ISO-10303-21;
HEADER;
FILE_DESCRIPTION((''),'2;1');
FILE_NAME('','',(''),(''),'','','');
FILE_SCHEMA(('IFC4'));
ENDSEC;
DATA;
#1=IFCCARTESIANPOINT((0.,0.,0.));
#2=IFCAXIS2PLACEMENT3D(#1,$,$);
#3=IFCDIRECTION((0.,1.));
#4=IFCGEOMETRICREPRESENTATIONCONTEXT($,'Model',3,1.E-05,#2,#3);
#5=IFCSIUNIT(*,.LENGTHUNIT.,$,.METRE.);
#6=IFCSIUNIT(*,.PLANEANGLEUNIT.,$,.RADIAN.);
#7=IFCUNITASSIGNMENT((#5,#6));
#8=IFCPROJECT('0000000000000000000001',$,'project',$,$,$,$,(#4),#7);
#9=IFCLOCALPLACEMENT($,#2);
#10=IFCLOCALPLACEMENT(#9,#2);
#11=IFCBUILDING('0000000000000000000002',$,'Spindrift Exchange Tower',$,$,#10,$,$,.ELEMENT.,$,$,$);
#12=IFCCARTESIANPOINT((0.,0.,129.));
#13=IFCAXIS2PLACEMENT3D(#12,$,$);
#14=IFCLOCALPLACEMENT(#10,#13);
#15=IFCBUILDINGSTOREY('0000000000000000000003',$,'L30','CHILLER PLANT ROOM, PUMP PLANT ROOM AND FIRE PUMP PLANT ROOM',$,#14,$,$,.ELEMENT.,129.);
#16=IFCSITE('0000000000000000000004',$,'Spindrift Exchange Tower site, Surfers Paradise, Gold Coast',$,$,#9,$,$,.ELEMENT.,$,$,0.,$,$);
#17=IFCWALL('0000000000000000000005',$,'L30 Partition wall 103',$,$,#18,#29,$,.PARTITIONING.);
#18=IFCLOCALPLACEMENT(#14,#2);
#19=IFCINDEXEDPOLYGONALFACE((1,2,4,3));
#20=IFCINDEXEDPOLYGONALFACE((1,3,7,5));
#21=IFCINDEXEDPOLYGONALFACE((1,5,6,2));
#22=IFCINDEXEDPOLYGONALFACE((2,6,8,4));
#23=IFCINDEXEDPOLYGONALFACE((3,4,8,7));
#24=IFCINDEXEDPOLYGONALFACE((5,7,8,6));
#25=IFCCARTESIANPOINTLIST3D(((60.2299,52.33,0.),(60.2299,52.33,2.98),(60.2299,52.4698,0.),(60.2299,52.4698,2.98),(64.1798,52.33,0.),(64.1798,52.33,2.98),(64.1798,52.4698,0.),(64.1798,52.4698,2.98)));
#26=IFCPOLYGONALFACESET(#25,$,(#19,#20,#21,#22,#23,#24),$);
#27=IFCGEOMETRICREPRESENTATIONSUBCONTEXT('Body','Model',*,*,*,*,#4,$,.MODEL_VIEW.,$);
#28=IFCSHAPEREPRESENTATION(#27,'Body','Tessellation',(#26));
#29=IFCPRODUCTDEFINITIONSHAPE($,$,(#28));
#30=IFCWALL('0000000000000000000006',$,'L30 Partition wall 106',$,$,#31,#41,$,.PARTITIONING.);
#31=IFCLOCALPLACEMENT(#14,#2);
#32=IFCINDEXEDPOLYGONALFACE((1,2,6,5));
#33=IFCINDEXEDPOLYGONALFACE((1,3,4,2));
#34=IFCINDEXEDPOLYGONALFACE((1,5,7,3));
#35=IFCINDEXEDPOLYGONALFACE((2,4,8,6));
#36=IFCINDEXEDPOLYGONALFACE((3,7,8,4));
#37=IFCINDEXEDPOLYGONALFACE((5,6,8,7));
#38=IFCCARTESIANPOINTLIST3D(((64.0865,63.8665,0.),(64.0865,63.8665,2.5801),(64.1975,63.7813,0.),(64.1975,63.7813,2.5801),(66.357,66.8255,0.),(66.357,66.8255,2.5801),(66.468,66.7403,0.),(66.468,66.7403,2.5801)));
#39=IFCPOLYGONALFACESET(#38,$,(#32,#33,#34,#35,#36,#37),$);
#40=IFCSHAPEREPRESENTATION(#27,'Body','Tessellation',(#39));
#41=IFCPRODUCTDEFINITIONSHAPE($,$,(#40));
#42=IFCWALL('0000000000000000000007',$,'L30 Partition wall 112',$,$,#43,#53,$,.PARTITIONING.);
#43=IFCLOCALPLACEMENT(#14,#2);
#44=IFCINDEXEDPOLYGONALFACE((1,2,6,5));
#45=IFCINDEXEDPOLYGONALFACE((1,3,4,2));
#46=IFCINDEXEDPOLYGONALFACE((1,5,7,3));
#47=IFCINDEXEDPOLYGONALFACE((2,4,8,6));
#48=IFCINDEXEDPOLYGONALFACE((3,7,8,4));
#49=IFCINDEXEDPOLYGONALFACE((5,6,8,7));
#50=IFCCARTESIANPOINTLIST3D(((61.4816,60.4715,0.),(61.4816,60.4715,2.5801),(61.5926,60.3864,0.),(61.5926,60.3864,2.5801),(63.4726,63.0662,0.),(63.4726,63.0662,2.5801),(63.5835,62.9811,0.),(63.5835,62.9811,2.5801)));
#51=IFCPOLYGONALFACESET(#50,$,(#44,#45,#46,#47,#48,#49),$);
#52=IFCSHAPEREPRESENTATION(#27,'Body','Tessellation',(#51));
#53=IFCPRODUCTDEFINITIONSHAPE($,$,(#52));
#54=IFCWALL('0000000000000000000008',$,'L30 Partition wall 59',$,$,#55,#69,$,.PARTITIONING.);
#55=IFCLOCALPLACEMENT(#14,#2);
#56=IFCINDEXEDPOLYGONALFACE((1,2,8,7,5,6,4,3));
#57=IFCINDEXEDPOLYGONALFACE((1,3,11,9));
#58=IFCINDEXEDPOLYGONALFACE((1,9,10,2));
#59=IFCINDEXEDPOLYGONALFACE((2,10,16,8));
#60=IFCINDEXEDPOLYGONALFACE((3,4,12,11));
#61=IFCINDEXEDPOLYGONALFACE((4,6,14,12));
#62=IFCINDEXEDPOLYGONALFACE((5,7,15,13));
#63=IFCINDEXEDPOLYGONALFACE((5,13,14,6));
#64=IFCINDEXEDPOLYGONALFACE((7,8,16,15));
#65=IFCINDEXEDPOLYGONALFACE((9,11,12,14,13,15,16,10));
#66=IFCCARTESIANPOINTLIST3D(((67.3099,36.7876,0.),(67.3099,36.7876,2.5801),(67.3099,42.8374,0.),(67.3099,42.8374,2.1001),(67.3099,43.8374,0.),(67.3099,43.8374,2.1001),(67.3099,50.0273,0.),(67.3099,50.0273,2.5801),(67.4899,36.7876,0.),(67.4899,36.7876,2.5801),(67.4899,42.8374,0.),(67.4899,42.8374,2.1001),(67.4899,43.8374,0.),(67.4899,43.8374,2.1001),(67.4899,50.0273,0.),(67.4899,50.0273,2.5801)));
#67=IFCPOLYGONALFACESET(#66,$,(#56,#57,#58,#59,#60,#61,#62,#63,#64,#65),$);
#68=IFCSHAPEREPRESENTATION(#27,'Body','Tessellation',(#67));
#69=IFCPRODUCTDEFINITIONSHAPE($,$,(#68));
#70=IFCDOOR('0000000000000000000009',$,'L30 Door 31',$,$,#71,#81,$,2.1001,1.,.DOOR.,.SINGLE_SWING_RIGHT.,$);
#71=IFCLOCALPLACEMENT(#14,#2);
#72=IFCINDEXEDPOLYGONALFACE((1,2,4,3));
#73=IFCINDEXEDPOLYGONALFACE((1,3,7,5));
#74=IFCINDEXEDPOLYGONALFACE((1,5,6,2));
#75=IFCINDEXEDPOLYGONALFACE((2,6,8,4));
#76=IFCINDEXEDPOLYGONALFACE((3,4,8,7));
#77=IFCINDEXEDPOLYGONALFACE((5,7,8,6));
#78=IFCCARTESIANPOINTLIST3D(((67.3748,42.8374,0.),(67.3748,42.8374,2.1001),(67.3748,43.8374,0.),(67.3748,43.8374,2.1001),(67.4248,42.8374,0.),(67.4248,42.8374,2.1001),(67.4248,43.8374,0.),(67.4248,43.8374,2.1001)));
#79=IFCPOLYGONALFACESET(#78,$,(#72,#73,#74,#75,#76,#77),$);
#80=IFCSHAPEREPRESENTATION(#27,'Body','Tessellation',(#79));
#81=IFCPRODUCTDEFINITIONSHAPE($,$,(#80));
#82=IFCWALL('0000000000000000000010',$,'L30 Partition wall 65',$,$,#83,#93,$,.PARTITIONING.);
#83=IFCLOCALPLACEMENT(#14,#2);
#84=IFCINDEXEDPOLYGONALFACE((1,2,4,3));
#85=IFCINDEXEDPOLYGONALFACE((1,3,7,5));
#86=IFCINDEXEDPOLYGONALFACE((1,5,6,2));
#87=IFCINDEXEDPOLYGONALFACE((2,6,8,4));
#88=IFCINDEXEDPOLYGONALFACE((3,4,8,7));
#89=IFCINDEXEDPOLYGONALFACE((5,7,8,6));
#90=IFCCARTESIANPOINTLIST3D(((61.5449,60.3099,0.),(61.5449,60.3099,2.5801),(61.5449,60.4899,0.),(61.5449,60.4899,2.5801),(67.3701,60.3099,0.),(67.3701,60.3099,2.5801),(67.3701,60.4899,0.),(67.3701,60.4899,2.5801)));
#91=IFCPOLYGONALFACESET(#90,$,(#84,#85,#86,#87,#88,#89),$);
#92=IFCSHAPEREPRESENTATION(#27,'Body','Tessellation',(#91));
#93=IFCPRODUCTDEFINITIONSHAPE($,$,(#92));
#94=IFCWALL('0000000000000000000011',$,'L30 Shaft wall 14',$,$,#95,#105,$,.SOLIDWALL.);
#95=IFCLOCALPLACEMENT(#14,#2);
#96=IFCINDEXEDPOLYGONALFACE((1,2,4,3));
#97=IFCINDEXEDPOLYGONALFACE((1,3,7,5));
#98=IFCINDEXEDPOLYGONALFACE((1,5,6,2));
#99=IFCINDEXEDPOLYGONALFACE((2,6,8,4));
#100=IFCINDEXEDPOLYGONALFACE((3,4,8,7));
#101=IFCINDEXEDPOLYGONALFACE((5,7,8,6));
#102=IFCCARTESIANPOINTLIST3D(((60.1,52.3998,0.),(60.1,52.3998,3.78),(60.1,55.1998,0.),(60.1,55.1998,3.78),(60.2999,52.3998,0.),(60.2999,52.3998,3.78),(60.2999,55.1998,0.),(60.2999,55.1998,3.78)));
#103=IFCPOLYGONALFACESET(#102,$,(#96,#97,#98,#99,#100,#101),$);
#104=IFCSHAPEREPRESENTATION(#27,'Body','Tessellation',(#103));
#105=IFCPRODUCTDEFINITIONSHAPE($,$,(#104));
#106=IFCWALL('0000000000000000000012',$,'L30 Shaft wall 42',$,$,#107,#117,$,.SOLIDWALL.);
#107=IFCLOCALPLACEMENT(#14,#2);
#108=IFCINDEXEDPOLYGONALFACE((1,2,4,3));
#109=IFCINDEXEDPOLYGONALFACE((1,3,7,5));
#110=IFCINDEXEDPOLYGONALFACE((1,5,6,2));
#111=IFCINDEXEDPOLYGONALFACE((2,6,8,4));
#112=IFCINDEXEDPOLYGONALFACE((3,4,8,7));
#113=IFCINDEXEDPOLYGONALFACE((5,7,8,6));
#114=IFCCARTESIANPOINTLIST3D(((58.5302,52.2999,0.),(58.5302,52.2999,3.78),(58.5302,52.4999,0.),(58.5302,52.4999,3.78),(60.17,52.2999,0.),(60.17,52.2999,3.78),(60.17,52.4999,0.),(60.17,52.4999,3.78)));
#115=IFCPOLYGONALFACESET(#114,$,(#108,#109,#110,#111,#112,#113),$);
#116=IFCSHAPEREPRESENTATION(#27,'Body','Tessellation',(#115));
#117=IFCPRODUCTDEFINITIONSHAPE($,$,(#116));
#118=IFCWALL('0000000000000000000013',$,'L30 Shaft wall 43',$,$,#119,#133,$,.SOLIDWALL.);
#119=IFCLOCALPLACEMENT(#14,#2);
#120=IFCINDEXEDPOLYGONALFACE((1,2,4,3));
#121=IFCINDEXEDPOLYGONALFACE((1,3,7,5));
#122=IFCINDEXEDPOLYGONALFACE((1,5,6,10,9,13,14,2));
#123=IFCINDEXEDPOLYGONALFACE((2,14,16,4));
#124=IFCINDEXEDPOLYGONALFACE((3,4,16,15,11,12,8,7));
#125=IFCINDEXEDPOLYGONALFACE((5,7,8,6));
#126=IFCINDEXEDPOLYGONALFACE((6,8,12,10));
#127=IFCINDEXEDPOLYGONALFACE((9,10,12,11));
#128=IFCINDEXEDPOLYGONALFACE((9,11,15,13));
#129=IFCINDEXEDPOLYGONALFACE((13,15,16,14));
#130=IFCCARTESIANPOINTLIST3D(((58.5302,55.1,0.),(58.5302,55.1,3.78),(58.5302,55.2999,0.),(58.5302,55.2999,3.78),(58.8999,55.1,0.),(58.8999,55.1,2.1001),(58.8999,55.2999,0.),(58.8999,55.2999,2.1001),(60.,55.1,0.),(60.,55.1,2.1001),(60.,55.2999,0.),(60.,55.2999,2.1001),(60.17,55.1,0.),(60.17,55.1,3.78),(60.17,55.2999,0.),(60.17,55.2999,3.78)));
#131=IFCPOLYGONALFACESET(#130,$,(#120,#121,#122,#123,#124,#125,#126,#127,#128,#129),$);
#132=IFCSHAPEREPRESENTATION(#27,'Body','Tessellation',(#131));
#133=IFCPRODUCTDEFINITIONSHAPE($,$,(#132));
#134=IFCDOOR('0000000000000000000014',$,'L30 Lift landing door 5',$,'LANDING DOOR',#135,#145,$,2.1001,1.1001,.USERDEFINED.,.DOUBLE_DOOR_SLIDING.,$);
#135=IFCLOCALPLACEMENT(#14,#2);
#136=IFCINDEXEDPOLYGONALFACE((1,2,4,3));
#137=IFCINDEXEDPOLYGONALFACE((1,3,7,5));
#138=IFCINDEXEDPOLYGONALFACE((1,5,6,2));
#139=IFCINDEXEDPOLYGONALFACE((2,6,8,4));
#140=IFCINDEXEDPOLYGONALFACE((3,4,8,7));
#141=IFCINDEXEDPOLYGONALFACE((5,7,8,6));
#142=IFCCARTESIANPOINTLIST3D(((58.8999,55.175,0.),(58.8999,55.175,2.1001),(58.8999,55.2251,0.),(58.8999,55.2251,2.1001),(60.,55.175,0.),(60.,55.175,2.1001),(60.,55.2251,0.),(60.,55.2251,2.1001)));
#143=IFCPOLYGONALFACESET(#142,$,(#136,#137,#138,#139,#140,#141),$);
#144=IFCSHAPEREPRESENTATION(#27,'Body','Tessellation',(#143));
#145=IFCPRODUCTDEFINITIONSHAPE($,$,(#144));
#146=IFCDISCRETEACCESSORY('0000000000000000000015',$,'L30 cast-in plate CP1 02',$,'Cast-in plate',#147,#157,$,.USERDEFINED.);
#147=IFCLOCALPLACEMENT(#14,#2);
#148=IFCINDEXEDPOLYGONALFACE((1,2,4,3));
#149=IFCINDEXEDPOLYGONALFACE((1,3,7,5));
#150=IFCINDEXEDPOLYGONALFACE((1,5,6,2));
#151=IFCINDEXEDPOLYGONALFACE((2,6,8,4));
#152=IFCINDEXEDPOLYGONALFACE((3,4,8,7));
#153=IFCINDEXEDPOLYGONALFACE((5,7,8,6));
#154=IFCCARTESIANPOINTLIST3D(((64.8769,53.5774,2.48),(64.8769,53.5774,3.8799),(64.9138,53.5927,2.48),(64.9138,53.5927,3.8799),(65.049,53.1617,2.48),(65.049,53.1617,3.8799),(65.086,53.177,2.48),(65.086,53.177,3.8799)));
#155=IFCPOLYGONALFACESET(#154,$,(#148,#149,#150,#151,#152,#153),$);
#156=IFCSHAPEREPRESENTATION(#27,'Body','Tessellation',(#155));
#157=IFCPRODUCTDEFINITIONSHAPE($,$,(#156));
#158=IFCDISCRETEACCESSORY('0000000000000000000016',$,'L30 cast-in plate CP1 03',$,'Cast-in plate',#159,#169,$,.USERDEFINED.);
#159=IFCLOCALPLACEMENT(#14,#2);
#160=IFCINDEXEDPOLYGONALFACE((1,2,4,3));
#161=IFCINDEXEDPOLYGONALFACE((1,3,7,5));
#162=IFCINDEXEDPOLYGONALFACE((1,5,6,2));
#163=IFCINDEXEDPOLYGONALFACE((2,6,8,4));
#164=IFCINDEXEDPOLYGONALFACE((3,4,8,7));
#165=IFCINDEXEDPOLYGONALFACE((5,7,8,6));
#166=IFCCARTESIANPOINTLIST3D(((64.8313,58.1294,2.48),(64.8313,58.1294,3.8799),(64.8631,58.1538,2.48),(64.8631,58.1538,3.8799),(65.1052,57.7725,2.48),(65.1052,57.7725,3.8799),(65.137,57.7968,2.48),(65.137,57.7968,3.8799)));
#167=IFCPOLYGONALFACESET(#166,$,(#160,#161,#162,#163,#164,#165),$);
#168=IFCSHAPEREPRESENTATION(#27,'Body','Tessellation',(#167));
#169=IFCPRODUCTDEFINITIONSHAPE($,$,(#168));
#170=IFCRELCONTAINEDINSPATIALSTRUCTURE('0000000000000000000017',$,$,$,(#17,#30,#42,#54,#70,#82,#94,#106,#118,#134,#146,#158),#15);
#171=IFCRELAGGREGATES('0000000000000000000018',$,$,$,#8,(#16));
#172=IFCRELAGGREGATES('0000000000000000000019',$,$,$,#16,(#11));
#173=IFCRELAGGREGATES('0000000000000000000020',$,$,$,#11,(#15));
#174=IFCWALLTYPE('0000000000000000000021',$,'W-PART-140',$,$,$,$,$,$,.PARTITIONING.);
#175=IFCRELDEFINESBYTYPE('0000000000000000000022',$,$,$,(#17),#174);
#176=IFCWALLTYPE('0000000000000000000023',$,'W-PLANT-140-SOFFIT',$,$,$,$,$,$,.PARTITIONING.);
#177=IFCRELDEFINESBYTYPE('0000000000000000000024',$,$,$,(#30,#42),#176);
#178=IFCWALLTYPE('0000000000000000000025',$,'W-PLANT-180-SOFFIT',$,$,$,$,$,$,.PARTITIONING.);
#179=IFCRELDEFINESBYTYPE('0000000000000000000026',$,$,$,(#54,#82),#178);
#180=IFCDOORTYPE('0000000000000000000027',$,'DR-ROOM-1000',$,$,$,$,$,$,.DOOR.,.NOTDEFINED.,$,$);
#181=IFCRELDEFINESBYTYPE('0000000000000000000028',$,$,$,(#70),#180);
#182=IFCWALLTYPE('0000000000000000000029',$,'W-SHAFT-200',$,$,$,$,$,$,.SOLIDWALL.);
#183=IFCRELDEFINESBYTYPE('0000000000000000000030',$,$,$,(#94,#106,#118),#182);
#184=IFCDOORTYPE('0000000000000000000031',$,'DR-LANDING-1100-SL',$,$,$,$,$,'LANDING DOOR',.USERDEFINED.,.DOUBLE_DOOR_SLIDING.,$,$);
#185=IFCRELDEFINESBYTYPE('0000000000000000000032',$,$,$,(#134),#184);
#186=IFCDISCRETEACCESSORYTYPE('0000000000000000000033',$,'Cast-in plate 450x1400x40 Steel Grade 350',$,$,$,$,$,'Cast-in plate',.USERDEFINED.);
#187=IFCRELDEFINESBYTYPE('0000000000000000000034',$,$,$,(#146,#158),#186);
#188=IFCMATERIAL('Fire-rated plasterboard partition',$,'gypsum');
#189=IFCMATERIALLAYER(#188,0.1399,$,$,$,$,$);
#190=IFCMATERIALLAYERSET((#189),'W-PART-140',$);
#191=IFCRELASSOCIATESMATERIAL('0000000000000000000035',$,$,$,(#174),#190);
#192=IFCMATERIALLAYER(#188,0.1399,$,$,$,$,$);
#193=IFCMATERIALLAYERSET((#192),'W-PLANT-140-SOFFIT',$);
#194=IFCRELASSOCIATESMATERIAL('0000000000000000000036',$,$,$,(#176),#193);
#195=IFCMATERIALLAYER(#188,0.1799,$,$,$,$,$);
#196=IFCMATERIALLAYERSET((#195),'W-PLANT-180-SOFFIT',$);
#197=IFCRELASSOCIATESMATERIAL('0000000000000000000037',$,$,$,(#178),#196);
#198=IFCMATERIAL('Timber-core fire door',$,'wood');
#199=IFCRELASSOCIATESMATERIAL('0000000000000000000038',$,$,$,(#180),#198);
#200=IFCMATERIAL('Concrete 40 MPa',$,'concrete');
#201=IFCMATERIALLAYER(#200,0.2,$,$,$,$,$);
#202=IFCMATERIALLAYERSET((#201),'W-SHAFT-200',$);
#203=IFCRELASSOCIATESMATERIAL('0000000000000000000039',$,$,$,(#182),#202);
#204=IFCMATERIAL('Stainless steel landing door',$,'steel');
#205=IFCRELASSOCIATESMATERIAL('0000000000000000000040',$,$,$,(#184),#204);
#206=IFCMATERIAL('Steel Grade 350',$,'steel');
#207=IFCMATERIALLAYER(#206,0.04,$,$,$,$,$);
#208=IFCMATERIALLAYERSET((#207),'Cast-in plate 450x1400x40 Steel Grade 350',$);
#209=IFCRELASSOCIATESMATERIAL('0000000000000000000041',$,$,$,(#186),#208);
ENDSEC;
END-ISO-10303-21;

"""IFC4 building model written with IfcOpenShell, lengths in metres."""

from ifc_helpers import new_model, si_unit, direction, frame, frame_2d, origin, origin_2d, place, context, subcontext, project, spatial, rectangle, extrude, source, transform, mapped, material, layer, layer_set, type_object, element, fill, save


model = new_model("IFC4")

# Units and contexts
model_context = context("Model", 3, precision=1e-05, world=origin(), true_north=direction((0.0, 1.0)))
body_context = subcontext(model_context, "Body", "Model", "MODEL_VIEW")
ifc_project = project(units=[si_unit("LENGTHUNIT", "METRE"), si_unit("PLANEANGLEUNIT", "RADIAN")], contexts=[model_context])

# Site, building, storey
site_placement = place(None, origin())
site = spatial("IfcSite", under=ifc_project, at=site_placement, Name="Spindrift Exchange Tower site, Surfers Paradise, Gold Coast", CompositionType="ELEMENT", RefElevation=0.0)
building_placement = place(site_placement, origin())
building = spatial("IfcBuilding", under=site, at=building_placement, Name="Spindrift Exchange Tower", CompositionType="ELEMENT")
storey_placement = place(building_placement, frame((0.0, 0.0, 129.0)))
storey = spatial("IfcBuildingStorey", under=building, at=storey_placement, Name="L30", Description="CHILLER PLANT ROOM, PUMP PLANT ROOM AND FIRE PUMP PLANT ROOM", CompositionType="ELEMENT", Elevation=129.0)

# Shared definitions
ifc_material_1 = material(Name="Fire-rated plasterboard partition", Category="gypsum")

# Walls
ifc_layer_1 = layer(ifc_material_1, 0.1399)
ifc_layer_set_1 = layer_set([ifc_layer_1], Name="W-PART-140")
wall_type_1 = type_object("IfcWallType", Name="W-PART-140", PredefinedType="PARTITIONING", material=ifc_layer_set_1)
wall_1_placement = place(storey_placement, frame((64.1799, 52.3999, 0.0), z_axis=(0.0, 0.0, 1.0), x_axis=(-1.0, 0.0, 0.0)))
element("IfcWall", 1, at=wall_1_placement, inside=storey, type_object=wall_type_1, Name="L30 Partition wall 103", PredefinedType="PARTITIONING", context=body_context, shape_type="SweptSolid", body=[
    extrude(rectangle(XDim=3.95, YDim=0.1399, at=frame_2d((1.9751, 0.0))), origin(), (0.0, 0.0, 1.0), 2.98),
])
ifc_layer_2 = layer(ifc_material_1, 0.1399)
ifc_layer_set_2 = layer_set([ifc_layer_2], Name="W-PLANT-140-SOFFIT")
wall_type_2 = type_object("IfcWallType", Name="W-PLANT-140-SOFFIT", PredefinedType="PARTITIONING", material=ifc_layer_set_2)
wall_2_placement = place(storey_placement, frame((64.1421, 63.824, 0.0), z_axis=(0.0, 0.0, 1.0), x_axis=(0.608761, 0.793353, 0.0)))
element("IfcWall", 2, at=wall_2_placement, inside=storey, type_object=wall_type_2, Name="L30 Partition wall 106", PredefinedType="PARTITIONING", context=body_context, shape_type="SweptSolid", body=[
    extrude(rectangle(XDim=3.7297, YDim=0.1399, at=frame_2d((1.8647, 0.0))), origin(), (0.0, 0.0, 1.0), 2.5801),
])
wall_3_placement = place(storey_placement, frame((61.5371, 60.429, 0.0), z_axis=(0.0, 0.0, 1.0), x_axis=(0.608754, 0.793359, 0.0)))
element("IfcWall", 3, at=wall_3_placement, inside=storey, type_object=wall_type_2, Name="L30 Partition wall 112", PredefinedType="PARTITIONING", context=body_context, shape_type="SweptSolid", body=[
    extrude(rectangle(XDim=3.2705, YDim=0.1399, at=frame_2d((1.6353, 0.0))), origin(), (0.0, 0.0, 1.0), 2.5801),
])

# Wall, opening, door
ifc_layer_3 = layer(ifc_material_1, 0.1799)
ifc_layer_set_3 = layer_set([ifc_layer_3], Name="W-PLANT-180-SOFFIT")
wall_type_3 = type_object("IfcWallType", Name="W-PLANT-180-SOFFIT", PredefinedType="PARTITIONING", material=ifc_layer_set_3)
wall_4_placement = place(storey_placement, frame((67.3999, 50.0273, 0.0), z_axis=(0.0, 0.0, 1.0), x_axis=(0.0, -1.0, 0.0)))
wall_4 = element("IfcWall", 4, at=wall_4_placement, inside=storey, type_object=wall_type_3, Name="L30 Partition wall 59", PredefinedType="PARTITIONING", context=body_context, shape_type="SweptSolid", body=[
    extrude(rectangle(XDim=13.2397, YDim=0.1799, at=frame_2d((6.6199, 0.0))), origin(), (0.0, 0.0, 1.0), 2.5801),
])
opening_1_placement = place(wall_4_placement, frame((6.1899, 0.0, 0.0)))
opening_1 = element("IfcOpeningElement", 5, at=opening_1_placement, cuts=wall_4, PredefinedType="OPENING", context=body_context, shape_type="SweptSolid", body=[
    extrude(rectangle(XDim=1.0, YDim=2.1001, at=frame_2d((0.5, 1.05))), frame((0.0, 0.0999, 0.0), z_axis=(0.0, -1.0, 0.0), x_axis=(1.0, 0.0, 0.0)), (0.0, 0.0, 1.0), 0.2),
])
ifc_material_2 = material(Name="Timber-core fire door", Category="wood")
door_type_1 = type_object("IfcDoorType", Name="DR-ROOM-1000", OperationType="NOTDEFINED", PredefinedType="DOOR", material=ifc_material_2)
shared_shape_1 = source(origin(), body_context, "Body", "SweptSolid", [
    extrude(rectangle(XDim=1.0, YDim=2.1001, at=frame_2d((0.5, 1.05))), frame((0.0, 0.0249, 0.0), z_axis=(0.0, -1.0, 0.0), x_axis=(1.0, 0.0, 0.0)), (0.0, 0.0, 1.0), 0.05),
])
door_1_placement = place(opening_1_placement, origin())
door_1 = element("IfcDoor", 6, at=door_1_placement, inside=storey, type_object=door_type_1, Name="L30 Door 31", OperationType="SINGLE_SWING_RIGHT", OverallHeight=2.1001, OverallWidth=1.0, PredefinedType="DOOR", context=body_context, shape_type="MappedRepresentation", body=[
    mapped(shared_shape_1, transform((0.0, 0.0, 0.0), scale=1.0)),
])
fill(opening_1, door_1)

# Walls
wall_5_placement = place(storey_placement, frame((67.3701, 60.3999, 0.0), z_axis=(0.0, 0.0, 1.0), x_axis=(-1.0, 0.0, 0.0)))
element("IfcWall", 7, at=wall_5_placement, inside=storey, type_object=wall_type_3, Name="L30 Partition wall 65", PredefinedType="PARTITIONING", context=body_context, shape_type="SweptSolid", body=[
    extrude(rectangle(XDim=5.8252, YDim=0.1799, at=frame_2d((2.9126, 0.0))), origin(), (0.0, 0.0, 1.0), 2.5801),
])
ifc_material_3 = material(Name="Concrete 40 MPa", Category="concrete")
ifc_layer_4 = layer(ifc_material_3, 0.2)
ifc_layer_set_4 = layer_set([ifc_layer_4], Name="W-SHAFT-200")
wall_type_4 = type_object("IfcWallType", Name="W-SHAFT-200", PredefinedType="SOLIDWALL", material=ifc_layer_set_4)
wall_6_placement = place(storey_placement, frame((60.2, 52.3999, 0.0), z_axis=(0.0, 0.0, 1.0), x_axis=(0.0, 1.0, 0.0)))
element("IfcWall", 8, at=wall_6_placement, inside=storey, type_object=wall_type_4, Name="L30 Shaft wall 14", PredefinedType="SOLIDWALL", context=body_context, shape_type="SweptSolid", body=[
    extrude(rectangle(XDim=2.8, YDim=0.2, at=frame_2d((1.3999, 0.0))), origin(), (0.0, 0.0, 1.0), 3.78),
])
wall_7_placement = place(storey_placement, frame((60.1699, 52.3999, 0.0), z_axis=(0.0, 0.0, 1.0), x_axis=(-1.0, 0.0, 0.0)))
element("IfcWall", 9, at=wall_7_placement, inside=storey, type_object=wall_type_4, Name="L30 Shaft wall 42", PredefinedType="SOLIDWALL", context=body_context, shape_type="SweptSolid", body=[
    extrude(rectangle(XDim=1.6399, YDim=0.2, at=frame_2d((0.8198, 0.0))), origin(), (0.0, 0.0, 1.0), 3.78),
])

# Wall, opening, door
wall_8_placement = place(storey_placement, frame((60.1699, 55.2, 0.0), z_axis=(0.0, 0.0, 1.0), x_axis=(-1.0, 0.0, 0.0)))
wall_8 = element("IfcWall", 10, at=wall_8_placement, inside=storey, type_object=wall_type_4, Name="L30 Shaft wall 43", PredefinedType="SOLIDWALL", context=body_context, shape_type="SweptSolid", body=[
    extrude(rectangle(XDim=1.6399, YDim=0.2, at=frame_2d((0.8198, 0.0))), origin(), (0.0, 0.0, 1.0), 3.78),
])
opening_2_placement = place(wall_8_placement, frame((0.1699, 0.0, 0.0)))
opening_2 = element("IfcOpeningElement", 11, at=opening_2_placement, cuts=wall_8, PredefinedType="OPENING", context=body_context, shape_type="SweptSolid", body=[
    extrude(rectangle(XDim=1.1001, YDim=2.1001, at=frame_2d((0.55, 1.05))), frame((0.0, 0.1099, 0.0), z_axis=(0.0, -1.0, 0.0), x_axis=(1.0, 0.0, 0.0)), (0.0, 0.0, 1.0), 0.22),
])
ifc_material_4 = material(Name="Stainless steel landing door", Category="steel")
door_type_2 = type_object("IfcDoorType", Name="DR-LANDING-1100-SL", ElementType="LANDING DOOR", OperationType="DOUBLE_DOOR_SLIDING", PredefinedType="USERDEFINED", material=ifc_material_4)
shared_shape_2 = source(origin(), body_context, "Body", "SweptSolid", [
    extrude(rectangle(XDim=1.1001, YDim=2.1001, at=frame_2d((0.55, 1.05))), frame((0.0, 0.0249, 0.0), z_axis=(0.0, -1.0, 0.0), x_axis=(1.0, 0.0, 0.0)), (0.0, 0.0, 1.0), 0.05),
])
door_2_placement = place(opening_2_placement, origin())
door_2 = element("IfcDoor", 12, at=door_2_placement, inside=storey, type_object=door_type_2, Name="L30 Lift landing door 5", ObjectType="LANDING DOOR", OperationType="DOUBLE_DOOR_SLIDING", OverallHeight=2.1001, OverallWidth=1.1001, PredefinedType="USERDEFINED", context=body_context, shape_type="MappedRepresentation", body=[
    mapped(shared_shape_2, transform((0.0, 0.0, 0.0), scale=1.0)),
])
fill(opening_2, door_2)

# Discrete accessories
ifc_material_5 = material(Name="Steel Grade 350", Category="steel")
ifc_layer_5 = layer(ifc_material_5, 0.04)
ifc_layer_set_5 = layer_set([ifc_layer_5], Name="Cast-in plate 450x1400x40 Steel Grade 350")
discrete_accessory_type_1 = type_object("IfcDiscreteAccessoryType", Name="Cast-in plate 450x1400x40 Steel Grade 350", ElementType="Cast-in plate", PredefinedType="USERDEFINED", material=ifc_layer_set_5)
shared_shape_3 = source(origin(), body_context, "Body", "SweptSolid", [
    extrude(rectangle(XDim=0.04, YDim=0.45, at=origin_2d()), origin(), (0.0, 0.0, 1.0), 1.3999),
])
for number, where, z_axis, x_axis, name in (
    (13, (64.9814, 53.3772, 2.48), (0.0, 0.0, 1.0), (0.92388, 0.382683, 0.0), "L30 cast-in plate CP1 02"),
    (14, (64.9841, 57.9631, 2.48), (0.0, 0.0, 1.0), (0.793353, 0.608761, 0.0), "L30 cast-in plate CP1 03"),
):
    element("IfcDiscreteAccessory", number, at=place(storey_placement, frame(where, z_axis=z_axis, x_axis=x_axis)), inside=storey, type_object=discrete_accessory_type_1, Name=name, ObjectType="Cast-in plate", PredefinedType="USERDEFINED", context=body_context, shape_type="MappedRepresentation", body=[
        mapped(shared_shape_3, transform((0.0, 0.0, 0.0), scale=1.0)),
    ])

save(model, "model.ifc")
